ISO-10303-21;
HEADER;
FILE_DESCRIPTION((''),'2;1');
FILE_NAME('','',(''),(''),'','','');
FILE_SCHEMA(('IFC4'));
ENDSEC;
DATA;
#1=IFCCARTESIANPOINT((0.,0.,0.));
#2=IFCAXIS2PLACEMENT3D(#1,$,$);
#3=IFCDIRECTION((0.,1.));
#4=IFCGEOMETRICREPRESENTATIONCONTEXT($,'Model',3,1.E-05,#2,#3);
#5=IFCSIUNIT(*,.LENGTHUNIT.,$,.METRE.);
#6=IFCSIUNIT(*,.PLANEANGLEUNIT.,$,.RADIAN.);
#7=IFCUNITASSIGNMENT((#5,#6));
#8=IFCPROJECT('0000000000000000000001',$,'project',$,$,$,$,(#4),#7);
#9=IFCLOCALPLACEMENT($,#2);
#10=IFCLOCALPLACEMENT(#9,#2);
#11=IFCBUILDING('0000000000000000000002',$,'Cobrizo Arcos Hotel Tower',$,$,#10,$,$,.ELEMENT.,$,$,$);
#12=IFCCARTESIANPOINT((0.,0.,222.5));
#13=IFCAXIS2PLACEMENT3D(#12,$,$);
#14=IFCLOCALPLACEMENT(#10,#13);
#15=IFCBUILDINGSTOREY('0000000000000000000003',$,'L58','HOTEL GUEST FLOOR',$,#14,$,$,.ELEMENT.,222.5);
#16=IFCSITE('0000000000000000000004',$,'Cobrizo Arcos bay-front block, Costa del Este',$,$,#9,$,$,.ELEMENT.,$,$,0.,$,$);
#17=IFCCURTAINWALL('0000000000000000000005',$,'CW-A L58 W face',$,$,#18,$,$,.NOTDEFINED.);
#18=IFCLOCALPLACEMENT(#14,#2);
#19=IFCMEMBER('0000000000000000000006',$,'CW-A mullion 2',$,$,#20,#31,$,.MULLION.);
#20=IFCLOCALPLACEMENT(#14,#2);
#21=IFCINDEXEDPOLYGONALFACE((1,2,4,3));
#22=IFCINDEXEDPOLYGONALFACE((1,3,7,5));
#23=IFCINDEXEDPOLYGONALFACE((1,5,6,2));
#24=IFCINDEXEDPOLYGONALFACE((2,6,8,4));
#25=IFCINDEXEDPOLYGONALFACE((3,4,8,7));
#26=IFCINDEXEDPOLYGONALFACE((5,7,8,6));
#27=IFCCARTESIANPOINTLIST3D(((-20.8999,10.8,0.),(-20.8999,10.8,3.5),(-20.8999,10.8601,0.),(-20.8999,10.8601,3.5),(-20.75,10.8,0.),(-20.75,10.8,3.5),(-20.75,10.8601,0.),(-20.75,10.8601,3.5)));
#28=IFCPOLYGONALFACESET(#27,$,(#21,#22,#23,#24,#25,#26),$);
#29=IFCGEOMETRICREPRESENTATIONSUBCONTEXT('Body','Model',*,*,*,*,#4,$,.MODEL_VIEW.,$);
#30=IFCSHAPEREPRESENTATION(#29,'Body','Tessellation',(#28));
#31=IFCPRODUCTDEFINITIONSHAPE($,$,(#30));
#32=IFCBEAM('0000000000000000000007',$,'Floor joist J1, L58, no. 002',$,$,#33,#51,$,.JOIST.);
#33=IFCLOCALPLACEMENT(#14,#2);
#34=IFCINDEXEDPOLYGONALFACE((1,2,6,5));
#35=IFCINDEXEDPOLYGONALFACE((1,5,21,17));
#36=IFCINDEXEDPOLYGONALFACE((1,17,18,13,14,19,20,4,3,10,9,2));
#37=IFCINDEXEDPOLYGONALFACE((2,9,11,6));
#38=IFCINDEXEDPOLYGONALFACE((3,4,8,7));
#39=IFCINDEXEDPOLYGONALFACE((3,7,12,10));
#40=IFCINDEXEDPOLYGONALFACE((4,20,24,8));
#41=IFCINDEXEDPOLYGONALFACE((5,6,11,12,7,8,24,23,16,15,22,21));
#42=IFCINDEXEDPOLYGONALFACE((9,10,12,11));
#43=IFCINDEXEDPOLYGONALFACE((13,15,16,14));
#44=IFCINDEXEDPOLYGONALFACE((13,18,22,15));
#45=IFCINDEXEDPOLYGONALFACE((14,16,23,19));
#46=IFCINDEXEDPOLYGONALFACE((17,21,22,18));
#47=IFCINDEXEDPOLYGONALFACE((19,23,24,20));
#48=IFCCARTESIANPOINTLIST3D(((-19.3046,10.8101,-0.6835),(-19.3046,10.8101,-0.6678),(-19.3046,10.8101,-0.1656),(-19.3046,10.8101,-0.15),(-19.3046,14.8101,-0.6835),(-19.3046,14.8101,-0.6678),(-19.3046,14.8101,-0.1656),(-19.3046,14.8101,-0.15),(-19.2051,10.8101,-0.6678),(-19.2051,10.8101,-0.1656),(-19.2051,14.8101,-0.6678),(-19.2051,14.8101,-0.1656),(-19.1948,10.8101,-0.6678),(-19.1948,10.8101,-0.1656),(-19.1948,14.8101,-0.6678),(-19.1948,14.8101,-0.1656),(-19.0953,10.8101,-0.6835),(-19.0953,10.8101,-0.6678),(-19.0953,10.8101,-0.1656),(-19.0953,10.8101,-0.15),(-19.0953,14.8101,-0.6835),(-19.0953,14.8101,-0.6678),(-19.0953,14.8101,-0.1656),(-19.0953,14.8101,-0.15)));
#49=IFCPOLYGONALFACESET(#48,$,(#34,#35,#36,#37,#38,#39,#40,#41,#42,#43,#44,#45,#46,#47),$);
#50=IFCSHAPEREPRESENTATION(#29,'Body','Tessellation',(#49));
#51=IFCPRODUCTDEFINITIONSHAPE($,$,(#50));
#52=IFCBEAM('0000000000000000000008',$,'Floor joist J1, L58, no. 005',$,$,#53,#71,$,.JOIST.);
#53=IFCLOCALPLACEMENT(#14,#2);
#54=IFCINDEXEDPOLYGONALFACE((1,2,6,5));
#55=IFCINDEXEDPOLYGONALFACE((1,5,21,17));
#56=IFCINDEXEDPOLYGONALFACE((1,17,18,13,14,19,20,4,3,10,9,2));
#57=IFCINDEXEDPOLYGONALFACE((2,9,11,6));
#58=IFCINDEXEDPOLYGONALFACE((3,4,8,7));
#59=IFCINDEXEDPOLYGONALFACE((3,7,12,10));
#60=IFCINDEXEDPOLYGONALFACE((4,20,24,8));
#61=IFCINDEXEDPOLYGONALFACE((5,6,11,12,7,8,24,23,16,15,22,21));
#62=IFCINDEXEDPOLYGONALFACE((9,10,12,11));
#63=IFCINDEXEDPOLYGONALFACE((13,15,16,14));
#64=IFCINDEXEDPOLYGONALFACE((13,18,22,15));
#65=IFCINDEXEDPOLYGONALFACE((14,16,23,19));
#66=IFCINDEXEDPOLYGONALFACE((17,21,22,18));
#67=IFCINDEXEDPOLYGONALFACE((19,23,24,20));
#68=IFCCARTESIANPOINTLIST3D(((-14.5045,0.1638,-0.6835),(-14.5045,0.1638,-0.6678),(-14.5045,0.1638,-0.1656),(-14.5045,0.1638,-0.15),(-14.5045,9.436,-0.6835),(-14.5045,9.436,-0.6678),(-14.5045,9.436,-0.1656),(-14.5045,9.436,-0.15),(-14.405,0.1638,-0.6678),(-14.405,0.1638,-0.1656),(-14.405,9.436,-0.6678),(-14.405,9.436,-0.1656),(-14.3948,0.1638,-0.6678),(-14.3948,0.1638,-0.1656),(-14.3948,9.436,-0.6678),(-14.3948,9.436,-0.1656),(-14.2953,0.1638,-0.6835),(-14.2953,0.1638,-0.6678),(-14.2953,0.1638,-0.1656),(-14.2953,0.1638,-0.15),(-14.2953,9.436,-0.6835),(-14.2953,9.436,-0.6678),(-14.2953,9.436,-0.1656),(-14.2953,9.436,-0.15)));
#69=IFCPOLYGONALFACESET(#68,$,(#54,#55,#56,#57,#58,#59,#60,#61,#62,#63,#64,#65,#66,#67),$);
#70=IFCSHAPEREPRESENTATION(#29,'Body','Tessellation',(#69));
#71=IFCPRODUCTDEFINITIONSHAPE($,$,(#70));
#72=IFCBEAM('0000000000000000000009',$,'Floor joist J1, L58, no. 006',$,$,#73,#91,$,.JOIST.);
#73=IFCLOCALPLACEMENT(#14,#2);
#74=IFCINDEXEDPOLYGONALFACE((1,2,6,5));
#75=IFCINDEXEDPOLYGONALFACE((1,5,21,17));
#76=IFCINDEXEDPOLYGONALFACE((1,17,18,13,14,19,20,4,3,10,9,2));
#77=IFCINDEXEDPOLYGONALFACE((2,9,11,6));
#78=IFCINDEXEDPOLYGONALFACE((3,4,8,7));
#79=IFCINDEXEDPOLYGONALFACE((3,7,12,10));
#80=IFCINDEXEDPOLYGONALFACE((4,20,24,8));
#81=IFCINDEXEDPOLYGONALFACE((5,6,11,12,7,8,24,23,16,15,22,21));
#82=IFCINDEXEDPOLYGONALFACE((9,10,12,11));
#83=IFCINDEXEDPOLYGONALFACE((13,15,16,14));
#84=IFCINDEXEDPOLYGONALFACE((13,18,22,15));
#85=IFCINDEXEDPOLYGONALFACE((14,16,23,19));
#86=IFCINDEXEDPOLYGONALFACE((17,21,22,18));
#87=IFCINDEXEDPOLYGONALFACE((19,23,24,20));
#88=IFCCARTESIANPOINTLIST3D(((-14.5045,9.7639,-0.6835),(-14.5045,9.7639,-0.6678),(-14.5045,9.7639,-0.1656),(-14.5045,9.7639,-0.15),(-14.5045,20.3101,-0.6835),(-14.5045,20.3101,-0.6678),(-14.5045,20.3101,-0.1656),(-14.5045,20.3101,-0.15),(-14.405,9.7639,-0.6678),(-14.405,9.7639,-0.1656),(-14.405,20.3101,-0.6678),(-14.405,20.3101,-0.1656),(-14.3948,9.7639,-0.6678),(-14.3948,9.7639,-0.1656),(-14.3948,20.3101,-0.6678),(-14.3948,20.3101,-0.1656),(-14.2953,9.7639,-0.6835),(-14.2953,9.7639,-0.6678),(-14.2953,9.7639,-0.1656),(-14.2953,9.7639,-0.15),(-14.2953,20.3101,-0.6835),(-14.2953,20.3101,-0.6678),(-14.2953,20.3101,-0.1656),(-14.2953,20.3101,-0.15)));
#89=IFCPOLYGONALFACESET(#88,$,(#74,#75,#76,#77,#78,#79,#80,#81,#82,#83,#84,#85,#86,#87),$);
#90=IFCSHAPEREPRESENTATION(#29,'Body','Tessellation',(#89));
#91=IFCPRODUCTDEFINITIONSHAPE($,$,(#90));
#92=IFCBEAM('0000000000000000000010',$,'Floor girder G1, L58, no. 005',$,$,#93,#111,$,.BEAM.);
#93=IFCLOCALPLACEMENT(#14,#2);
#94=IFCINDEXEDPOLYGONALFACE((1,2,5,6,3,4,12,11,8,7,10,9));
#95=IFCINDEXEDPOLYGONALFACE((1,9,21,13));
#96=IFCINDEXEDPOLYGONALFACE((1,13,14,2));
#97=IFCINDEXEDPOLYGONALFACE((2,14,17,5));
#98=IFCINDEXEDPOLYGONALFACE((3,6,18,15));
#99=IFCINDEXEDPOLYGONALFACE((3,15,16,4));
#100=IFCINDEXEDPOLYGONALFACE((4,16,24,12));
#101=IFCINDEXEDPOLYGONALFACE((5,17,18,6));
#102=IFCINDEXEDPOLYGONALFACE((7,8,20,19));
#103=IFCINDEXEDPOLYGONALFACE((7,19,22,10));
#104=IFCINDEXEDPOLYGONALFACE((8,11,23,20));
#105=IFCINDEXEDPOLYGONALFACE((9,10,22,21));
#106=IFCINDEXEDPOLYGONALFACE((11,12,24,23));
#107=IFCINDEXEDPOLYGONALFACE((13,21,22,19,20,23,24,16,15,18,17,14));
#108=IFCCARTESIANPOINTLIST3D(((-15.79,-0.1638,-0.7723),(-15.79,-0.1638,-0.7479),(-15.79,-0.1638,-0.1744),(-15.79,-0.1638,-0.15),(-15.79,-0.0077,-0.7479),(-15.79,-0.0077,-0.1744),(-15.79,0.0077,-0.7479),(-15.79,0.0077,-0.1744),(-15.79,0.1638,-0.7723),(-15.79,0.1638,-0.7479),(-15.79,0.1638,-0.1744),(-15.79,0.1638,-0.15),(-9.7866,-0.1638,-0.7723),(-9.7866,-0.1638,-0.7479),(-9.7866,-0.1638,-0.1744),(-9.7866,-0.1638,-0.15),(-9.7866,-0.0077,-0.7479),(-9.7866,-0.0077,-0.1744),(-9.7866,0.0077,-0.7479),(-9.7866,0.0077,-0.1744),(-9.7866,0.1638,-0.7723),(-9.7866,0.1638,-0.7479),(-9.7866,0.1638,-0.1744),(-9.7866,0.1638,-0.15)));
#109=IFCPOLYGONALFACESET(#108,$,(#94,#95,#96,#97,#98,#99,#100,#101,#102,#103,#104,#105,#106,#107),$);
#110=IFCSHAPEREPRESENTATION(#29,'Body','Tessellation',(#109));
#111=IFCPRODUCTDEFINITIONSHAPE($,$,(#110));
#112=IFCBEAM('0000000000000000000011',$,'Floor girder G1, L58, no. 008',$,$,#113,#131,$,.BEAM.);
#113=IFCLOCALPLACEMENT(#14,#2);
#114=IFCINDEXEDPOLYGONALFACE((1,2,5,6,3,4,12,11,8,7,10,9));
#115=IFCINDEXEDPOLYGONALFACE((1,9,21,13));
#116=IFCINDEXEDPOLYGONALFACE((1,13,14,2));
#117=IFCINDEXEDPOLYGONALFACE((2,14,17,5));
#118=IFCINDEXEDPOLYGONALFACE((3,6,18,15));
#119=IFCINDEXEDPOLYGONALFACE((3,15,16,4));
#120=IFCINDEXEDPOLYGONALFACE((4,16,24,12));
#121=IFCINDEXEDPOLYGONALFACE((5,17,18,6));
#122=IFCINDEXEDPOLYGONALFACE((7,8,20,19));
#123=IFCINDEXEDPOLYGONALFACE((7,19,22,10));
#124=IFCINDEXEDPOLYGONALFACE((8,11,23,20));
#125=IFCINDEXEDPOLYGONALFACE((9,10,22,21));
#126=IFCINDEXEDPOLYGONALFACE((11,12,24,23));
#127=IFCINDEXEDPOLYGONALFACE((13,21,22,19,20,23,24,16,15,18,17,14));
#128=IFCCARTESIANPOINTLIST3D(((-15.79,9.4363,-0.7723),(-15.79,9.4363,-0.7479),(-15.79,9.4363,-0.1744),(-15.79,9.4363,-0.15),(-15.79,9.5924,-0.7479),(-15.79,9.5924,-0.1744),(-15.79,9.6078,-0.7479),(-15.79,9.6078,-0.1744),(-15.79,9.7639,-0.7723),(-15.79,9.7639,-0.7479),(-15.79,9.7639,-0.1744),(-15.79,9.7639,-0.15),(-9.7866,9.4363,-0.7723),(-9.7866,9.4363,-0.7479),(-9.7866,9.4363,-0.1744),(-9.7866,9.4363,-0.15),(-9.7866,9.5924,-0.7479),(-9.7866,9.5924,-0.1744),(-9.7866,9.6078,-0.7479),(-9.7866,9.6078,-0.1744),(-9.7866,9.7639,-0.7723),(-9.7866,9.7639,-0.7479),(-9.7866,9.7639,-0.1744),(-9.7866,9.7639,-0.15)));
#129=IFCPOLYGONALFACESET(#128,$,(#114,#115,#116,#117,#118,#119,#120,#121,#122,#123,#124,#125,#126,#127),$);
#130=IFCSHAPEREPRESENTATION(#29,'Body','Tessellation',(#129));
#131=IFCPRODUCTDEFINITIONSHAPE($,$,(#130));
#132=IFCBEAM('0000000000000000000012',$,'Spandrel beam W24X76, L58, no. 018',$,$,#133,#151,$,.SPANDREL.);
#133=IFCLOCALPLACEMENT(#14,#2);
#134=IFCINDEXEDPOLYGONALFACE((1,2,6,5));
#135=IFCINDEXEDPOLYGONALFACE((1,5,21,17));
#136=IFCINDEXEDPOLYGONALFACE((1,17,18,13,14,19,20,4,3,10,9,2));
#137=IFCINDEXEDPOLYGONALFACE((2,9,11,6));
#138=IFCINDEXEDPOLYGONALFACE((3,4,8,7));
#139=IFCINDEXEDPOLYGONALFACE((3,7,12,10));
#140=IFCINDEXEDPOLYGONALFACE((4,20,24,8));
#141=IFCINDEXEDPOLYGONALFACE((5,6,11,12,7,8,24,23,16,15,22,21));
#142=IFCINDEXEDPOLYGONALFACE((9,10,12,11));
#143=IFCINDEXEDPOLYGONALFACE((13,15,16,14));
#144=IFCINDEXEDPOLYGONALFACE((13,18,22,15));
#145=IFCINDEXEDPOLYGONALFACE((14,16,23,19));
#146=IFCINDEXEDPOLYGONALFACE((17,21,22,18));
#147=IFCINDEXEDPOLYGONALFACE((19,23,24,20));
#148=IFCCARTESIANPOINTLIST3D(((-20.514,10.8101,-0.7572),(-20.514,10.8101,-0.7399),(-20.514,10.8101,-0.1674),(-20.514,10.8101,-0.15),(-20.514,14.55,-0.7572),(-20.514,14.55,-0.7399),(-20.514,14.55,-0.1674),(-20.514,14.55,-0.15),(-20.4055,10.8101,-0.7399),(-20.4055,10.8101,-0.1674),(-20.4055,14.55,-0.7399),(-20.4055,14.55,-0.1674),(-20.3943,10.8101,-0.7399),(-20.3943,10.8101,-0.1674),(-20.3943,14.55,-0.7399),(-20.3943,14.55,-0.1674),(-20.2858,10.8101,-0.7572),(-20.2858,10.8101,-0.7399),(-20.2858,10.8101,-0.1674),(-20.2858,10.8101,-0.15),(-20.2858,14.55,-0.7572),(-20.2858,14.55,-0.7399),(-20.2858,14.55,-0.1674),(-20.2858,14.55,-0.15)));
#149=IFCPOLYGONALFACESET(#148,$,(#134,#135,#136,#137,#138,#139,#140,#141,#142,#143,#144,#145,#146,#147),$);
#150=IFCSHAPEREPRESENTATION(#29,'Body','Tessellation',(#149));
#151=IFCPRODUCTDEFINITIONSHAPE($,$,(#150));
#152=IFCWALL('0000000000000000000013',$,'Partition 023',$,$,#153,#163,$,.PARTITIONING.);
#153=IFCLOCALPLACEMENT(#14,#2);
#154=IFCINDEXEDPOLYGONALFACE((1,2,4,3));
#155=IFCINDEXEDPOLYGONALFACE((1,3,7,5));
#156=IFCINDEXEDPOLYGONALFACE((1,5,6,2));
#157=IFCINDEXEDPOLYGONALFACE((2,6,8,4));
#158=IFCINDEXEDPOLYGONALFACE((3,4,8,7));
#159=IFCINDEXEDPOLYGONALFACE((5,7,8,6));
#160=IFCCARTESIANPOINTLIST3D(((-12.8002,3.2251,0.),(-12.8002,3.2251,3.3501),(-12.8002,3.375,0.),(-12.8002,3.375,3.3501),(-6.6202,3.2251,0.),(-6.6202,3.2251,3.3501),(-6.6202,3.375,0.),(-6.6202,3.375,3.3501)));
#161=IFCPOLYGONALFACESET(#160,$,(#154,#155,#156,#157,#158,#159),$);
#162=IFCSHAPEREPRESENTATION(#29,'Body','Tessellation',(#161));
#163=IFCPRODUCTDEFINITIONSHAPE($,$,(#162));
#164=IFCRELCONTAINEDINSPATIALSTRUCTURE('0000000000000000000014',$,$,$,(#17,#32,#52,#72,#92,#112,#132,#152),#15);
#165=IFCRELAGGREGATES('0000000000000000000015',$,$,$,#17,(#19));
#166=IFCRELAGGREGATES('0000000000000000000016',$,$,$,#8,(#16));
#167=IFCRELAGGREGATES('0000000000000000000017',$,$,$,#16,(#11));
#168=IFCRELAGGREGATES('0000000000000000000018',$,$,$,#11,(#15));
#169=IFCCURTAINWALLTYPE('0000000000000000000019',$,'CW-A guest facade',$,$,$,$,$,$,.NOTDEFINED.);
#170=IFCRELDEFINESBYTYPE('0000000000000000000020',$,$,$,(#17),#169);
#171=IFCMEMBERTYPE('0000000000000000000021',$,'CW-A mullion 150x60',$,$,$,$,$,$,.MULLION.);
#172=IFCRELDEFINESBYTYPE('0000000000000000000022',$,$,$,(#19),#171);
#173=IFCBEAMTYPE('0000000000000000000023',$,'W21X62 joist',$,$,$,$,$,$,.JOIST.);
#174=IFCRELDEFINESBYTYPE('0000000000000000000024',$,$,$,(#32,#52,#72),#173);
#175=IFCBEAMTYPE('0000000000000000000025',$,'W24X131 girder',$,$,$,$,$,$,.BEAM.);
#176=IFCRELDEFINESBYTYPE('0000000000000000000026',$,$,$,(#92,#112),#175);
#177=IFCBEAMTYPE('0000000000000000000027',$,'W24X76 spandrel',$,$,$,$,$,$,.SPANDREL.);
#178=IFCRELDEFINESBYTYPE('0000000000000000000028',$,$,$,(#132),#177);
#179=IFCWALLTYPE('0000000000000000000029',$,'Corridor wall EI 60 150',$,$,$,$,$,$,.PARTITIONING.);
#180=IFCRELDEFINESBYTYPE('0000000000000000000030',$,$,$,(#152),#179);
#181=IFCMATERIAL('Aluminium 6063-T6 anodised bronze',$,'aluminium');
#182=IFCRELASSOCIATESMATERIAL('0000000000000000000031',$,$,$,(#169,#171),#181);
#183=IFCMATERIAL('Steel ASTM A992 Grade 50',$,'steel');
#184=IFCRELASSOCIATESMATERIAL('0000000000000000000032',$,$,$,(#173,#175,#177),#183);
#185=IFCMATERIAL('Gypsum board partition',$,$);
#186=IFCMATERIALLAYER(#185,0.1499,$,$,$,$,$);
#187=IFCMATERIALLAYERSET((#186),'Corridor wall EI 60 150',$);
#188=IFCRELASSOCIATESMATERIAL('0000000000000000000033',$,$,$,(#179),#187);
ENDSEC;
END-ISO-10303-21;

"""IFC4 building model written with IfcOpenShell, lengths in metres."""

from ifc_helpers import new_model, si_unit, direction, frame, frame_2d, origin, origin_2d, place, context, subcontext, project, spatial, rectangle, i_section, extrude, material, layer, layer_set, material_profile, profile_set, type_object, element, aggregate, save


model = new_model("IFC4")

# Units and contexts
model_context = context("Model", 3, precision=1e-05, world=origin(), true_north=direction((0.0, 1.0)))
body_context = subcontext(model_context, "Body", "Model", "MODEL_VIEW")
ifc_project = project(units=[si_unit("LENGTHUNIT", "METRE"), si_unit("PLANEANGLEUNIT", "RADIAN")], contexts=[model_context])

# Site, building, storey
site_placement = place(None, origin())
site = spatial("IfcSite", under=ifc_project, at=site_placement, Name="Cobrizo Arcos bay-front block, Costa del Este", CompositionType="ELEMENT", RefElevation=0.0)
building_placement = place(site_placement, origin())
building = spatial("IfcBuilding", under=site, at=building_placement, Name="Cobrizo Arcos Hotel Tower", CompositionType="ELEMENT")
storey_placement = place(building_placement, frame((0.0, 0.0, 222.5)))
storey = spatial("IfcBuildingStorey", under=building, at=storey_placement, Name="L58", Description="HOTEL GUEST FLOOR", CompositionType="ELEMENT", Elevation=222.5)

# Curtain wall, member
ifc_material_1 = material(Name="Aluminium 6063-T6 anodised bronze", Category="aluminium")
curtain_wall_type = type_object("IfcCurtainWallType", Name="CW-A guest facade", PredefinedType="NOTDEFINED", material=ifc_material_1)
curtain_wall_placement = place(storey_placement, origin())
curtain_wall = element("IfcCurtainWall", 1, at=curtain_wall_placement, inside=storey, type_object=curtain_wall_type, Name="CW-A L58 W face", PredefinedType="NOTDEFINED")
ifc_material_profile_1 = material_profile(ifc_material_1, rectangle(XDim=0.1499, YDim=0.0601, at=origin_2d()), Name="CW-A mullion 150x60")
ifc_profile_set_1 = profile_set([ifc_material_profile_1], Name="Aluminium 6063-T6 anodised bronze")
member_type = type_object("IfcMemberType", Name="CW-A mullion 150x60", PredefinedType="MULLION", material=ifc_profile_set_1)
member_placement = place(storey_placement, frame((-20.825, 10.8301, 0.0), z_axis=(0.0, 0.0, 1.0), x_axis=(-1.0, 0.0, 0.0)))
member = element("IfcMember", 2, at=member_placement, type_object=member_type, Name="CW-A mullion 2", PredefinedType="MULLION", context=body_context, shape_type="SweptSolid", body=[
    extrude(rectangle(XDim=0.1499, YDim=0.0601, at=origin_2d()), origin(), (0.0, 0.0, 1.0), 3.5),
])
aggregate(curtain_wall, [member])

# Beams
ifc_material_2 = material(Name="Steel ASTM A992 Grade 50", Category="steel")
ifc_material_profile_2 = material_profile(ifc_material_2, i_section(OverallWidth=0.2092, OverallDepth=0.5334, WebThickness=0.0103, FlangeThickness=0.0156, at=origin_2d()), Name="W21X62")
ifc_profile_set_2 = profile_set([ifc_material_profile_2], Name="Steel ASTM A992 Grade 50")
beam_type_1 = type_object("IfcBeamType", Name="W21X62 joist", PredefinedType="JOIST", material=ifc_profile_set_2)
beam_1_placement = place(storey_placement, frame((-19.2, 10.8101, -0.4167), z_axis=(0.0, 1.0, 0.0), x_axis=(-1.0, 0.0, 0.0)))
element("IfcBeam", 3, at=beam_1_placement, inside=storey, type_object=beam_type_1, Name="Floor joist J1, L58, no. 002", PredefinedType="JOIST", context=body_context, shape_type="SweptSolid", body=[
    extrude(i_section(OverallWidth=0.2092, OverallDepth=0.5334, WebThickness=0.0103, FlangeThickness=0.0156, at=origin_2d()), origin(), (0.0, 0.0, 1.0), 4.0),
])
beam_2_placement = place(storey_placement, frame((-14.3999, 0.1638, -0.4167), z_axis=(0.0, 1.0, 0.0), x_axis=(-1.0, 0.0, 0.0)))
element("IfcBeam", 4, at=beam_2_placement, inside=storey, type_object=beam_type_1, Name="Floor joist J1, L58, no. 005", PredefinedType="JOIST", context=body_context, shape_type="SweptSolid", body=[
    extrude(i_section(OverallWidth=0.2092, OverallDepth=0.5334, WebThickness=0.0103, FlangeThickness=0.0156, at=origin_2d()), origin(), (0.0, 0.0, 1.0), 9.2722),
])
beam_3_placement = place(storey_placement, frame((-14.3999, 9.7639, -0.4167), z_axis=(0.0, 1.0, 0.0), x_axis=(-1.0, 0.0, 0.0)))
element("IfcBeam", 5, at=beam_3_placement, inside=storey, type_object=beam_type_1, Name="Floor joist J1, L58, no. 006", PredefinedType="JOIST", context=body_context, shape_type="SweptSolid", body=[
    extrude(i_section(OverallWidth=0.2092, OverallDepth=0.5334, WebThickness=0.0103, FlangeThickness=0.0156, at=origin_2d()), origin(), (0.0, 0.0, 1.0), 10.5461),
])
ifc_material_profile_3 = material_profile(ifc_material_2, i_section(OverallWidth=0.3276, OverallDepth=0.6223, WebThickness=0.0154, FlangeThickness=0.0244, at=origin_2d()), Name="W24X131")
ifc_profile_set_3 = profile_set([ifc_material_profile_3], Name="Steel ASTM A992 Grade 50")
beam_type_2 = type_object("IfcBeamType", Name="W24X131 girder", PredefinedType="BEAM", material=ifc_profile_set_3)
for number, where, z_axis, x_axis, name in (
    (6, (-15.79, 0.0, -0.4612), (1.0, 0.0, 0.0), (0.0, 1.0, 0.0), "Floor girder G1, L58, no. 005"),
    (7, (-15.79, 9.6001, -0.4612), (1.0, 0.0, 0.0), (0.0, 1.0, 0.0), "Floor girder G1, L58, no. 008"),
):
    element("IfcBeam", number, at=place(storey_placement, frame(where, z_axis=z_axis, x_axis=x_axis)), inside=storey, type_object=beam_type_2, Name=name, PredefinedType="BEAM", context=body_context, shape_type="SweptSolid", body=[
        extrude(i_section(OverallWidth=0.3276, OverallDepth=0.6223, WebThickness=0.0154, FlangeThickness=0.0244, at=origin_2d()), origin(), (0.0, 0.0, 1.0), 6.0034),
    ])
ifc_material_profile_4 = material_profile(ifc_material_2, i_section(OverallWidth=0.2283, OverallDepth=0.6072, WebThickness=0.0112, FlangeThickness=0.0173, at=origin_2d()), Name="W24X76")
ifc_profile_set_4 = profile_set([ifc_material_profile_4], Name="Steel ASTM A992 Grade 50")
beam_type_3 = type_object("IfcBeamType", Name="W24X76 spandrel", PredefinedType="SPANDREL", material=ifc_profile_set_4)
beam_4_placement = place(storey_placement, frame((-20.3999, 10.8101, -0.4536), z_axis=(0.0, 1.0, 0.0), x_axis=(-1.0, 0.0, 0.0)))
element("IfcBeam", 8, at=beam_4_placement, inside=storey, type_object=beam_type_3, Name="Spandrel beam W24X76, L58, no. 018", PredefinedType="SPANDREL", context=body_context, shape_type="SweptSolid", body=[
    extrude(i_section(OverallWidth=0.2283, OverallDepth=0.6072, WebThickness=0.0112, FlangeThickness=0.0173, at=origin_2d()), origin(), (0.0, 0.0, 1.0), 3.74),
])

# Wall
ifc_material_3 = material(Name="Gypsum board partition")
ifc_layer_1 = layer(ifc_material_3, 0.1499)
ifc_layer_set_1 = layer_set([ifc_layer_1], Name="Corridor wall EI 60 150")
wall_type_1 = type_object("IfcWallType", Name="Corridor wall EI 60 150", PredefinedType="PARTITIONING", material=ifc_layer_set_1)
wall_1_placement = place(storey_placement, frame((-12.8, 3.3, 0.0), z_axis=(0.0, 0.0, 1.0), x_axis=(1.0, 0.0, 0.0)))
element("IfcWall", 9, at=wall_1_placement, inside=storey, type_object=wall_type_1, Name="Partition 023", PredefinedType="PARTITIONING", context=body_context, shape_type="SweptSolid", body=[
    extrude(rectangle(XDim=6.1799, YDim=0.1499, at=frame_2d((3.0898, 0.0))), origin(), (0.0, 0.0, 1.0), 3.3501),
])

save(model, "model.ifc")
